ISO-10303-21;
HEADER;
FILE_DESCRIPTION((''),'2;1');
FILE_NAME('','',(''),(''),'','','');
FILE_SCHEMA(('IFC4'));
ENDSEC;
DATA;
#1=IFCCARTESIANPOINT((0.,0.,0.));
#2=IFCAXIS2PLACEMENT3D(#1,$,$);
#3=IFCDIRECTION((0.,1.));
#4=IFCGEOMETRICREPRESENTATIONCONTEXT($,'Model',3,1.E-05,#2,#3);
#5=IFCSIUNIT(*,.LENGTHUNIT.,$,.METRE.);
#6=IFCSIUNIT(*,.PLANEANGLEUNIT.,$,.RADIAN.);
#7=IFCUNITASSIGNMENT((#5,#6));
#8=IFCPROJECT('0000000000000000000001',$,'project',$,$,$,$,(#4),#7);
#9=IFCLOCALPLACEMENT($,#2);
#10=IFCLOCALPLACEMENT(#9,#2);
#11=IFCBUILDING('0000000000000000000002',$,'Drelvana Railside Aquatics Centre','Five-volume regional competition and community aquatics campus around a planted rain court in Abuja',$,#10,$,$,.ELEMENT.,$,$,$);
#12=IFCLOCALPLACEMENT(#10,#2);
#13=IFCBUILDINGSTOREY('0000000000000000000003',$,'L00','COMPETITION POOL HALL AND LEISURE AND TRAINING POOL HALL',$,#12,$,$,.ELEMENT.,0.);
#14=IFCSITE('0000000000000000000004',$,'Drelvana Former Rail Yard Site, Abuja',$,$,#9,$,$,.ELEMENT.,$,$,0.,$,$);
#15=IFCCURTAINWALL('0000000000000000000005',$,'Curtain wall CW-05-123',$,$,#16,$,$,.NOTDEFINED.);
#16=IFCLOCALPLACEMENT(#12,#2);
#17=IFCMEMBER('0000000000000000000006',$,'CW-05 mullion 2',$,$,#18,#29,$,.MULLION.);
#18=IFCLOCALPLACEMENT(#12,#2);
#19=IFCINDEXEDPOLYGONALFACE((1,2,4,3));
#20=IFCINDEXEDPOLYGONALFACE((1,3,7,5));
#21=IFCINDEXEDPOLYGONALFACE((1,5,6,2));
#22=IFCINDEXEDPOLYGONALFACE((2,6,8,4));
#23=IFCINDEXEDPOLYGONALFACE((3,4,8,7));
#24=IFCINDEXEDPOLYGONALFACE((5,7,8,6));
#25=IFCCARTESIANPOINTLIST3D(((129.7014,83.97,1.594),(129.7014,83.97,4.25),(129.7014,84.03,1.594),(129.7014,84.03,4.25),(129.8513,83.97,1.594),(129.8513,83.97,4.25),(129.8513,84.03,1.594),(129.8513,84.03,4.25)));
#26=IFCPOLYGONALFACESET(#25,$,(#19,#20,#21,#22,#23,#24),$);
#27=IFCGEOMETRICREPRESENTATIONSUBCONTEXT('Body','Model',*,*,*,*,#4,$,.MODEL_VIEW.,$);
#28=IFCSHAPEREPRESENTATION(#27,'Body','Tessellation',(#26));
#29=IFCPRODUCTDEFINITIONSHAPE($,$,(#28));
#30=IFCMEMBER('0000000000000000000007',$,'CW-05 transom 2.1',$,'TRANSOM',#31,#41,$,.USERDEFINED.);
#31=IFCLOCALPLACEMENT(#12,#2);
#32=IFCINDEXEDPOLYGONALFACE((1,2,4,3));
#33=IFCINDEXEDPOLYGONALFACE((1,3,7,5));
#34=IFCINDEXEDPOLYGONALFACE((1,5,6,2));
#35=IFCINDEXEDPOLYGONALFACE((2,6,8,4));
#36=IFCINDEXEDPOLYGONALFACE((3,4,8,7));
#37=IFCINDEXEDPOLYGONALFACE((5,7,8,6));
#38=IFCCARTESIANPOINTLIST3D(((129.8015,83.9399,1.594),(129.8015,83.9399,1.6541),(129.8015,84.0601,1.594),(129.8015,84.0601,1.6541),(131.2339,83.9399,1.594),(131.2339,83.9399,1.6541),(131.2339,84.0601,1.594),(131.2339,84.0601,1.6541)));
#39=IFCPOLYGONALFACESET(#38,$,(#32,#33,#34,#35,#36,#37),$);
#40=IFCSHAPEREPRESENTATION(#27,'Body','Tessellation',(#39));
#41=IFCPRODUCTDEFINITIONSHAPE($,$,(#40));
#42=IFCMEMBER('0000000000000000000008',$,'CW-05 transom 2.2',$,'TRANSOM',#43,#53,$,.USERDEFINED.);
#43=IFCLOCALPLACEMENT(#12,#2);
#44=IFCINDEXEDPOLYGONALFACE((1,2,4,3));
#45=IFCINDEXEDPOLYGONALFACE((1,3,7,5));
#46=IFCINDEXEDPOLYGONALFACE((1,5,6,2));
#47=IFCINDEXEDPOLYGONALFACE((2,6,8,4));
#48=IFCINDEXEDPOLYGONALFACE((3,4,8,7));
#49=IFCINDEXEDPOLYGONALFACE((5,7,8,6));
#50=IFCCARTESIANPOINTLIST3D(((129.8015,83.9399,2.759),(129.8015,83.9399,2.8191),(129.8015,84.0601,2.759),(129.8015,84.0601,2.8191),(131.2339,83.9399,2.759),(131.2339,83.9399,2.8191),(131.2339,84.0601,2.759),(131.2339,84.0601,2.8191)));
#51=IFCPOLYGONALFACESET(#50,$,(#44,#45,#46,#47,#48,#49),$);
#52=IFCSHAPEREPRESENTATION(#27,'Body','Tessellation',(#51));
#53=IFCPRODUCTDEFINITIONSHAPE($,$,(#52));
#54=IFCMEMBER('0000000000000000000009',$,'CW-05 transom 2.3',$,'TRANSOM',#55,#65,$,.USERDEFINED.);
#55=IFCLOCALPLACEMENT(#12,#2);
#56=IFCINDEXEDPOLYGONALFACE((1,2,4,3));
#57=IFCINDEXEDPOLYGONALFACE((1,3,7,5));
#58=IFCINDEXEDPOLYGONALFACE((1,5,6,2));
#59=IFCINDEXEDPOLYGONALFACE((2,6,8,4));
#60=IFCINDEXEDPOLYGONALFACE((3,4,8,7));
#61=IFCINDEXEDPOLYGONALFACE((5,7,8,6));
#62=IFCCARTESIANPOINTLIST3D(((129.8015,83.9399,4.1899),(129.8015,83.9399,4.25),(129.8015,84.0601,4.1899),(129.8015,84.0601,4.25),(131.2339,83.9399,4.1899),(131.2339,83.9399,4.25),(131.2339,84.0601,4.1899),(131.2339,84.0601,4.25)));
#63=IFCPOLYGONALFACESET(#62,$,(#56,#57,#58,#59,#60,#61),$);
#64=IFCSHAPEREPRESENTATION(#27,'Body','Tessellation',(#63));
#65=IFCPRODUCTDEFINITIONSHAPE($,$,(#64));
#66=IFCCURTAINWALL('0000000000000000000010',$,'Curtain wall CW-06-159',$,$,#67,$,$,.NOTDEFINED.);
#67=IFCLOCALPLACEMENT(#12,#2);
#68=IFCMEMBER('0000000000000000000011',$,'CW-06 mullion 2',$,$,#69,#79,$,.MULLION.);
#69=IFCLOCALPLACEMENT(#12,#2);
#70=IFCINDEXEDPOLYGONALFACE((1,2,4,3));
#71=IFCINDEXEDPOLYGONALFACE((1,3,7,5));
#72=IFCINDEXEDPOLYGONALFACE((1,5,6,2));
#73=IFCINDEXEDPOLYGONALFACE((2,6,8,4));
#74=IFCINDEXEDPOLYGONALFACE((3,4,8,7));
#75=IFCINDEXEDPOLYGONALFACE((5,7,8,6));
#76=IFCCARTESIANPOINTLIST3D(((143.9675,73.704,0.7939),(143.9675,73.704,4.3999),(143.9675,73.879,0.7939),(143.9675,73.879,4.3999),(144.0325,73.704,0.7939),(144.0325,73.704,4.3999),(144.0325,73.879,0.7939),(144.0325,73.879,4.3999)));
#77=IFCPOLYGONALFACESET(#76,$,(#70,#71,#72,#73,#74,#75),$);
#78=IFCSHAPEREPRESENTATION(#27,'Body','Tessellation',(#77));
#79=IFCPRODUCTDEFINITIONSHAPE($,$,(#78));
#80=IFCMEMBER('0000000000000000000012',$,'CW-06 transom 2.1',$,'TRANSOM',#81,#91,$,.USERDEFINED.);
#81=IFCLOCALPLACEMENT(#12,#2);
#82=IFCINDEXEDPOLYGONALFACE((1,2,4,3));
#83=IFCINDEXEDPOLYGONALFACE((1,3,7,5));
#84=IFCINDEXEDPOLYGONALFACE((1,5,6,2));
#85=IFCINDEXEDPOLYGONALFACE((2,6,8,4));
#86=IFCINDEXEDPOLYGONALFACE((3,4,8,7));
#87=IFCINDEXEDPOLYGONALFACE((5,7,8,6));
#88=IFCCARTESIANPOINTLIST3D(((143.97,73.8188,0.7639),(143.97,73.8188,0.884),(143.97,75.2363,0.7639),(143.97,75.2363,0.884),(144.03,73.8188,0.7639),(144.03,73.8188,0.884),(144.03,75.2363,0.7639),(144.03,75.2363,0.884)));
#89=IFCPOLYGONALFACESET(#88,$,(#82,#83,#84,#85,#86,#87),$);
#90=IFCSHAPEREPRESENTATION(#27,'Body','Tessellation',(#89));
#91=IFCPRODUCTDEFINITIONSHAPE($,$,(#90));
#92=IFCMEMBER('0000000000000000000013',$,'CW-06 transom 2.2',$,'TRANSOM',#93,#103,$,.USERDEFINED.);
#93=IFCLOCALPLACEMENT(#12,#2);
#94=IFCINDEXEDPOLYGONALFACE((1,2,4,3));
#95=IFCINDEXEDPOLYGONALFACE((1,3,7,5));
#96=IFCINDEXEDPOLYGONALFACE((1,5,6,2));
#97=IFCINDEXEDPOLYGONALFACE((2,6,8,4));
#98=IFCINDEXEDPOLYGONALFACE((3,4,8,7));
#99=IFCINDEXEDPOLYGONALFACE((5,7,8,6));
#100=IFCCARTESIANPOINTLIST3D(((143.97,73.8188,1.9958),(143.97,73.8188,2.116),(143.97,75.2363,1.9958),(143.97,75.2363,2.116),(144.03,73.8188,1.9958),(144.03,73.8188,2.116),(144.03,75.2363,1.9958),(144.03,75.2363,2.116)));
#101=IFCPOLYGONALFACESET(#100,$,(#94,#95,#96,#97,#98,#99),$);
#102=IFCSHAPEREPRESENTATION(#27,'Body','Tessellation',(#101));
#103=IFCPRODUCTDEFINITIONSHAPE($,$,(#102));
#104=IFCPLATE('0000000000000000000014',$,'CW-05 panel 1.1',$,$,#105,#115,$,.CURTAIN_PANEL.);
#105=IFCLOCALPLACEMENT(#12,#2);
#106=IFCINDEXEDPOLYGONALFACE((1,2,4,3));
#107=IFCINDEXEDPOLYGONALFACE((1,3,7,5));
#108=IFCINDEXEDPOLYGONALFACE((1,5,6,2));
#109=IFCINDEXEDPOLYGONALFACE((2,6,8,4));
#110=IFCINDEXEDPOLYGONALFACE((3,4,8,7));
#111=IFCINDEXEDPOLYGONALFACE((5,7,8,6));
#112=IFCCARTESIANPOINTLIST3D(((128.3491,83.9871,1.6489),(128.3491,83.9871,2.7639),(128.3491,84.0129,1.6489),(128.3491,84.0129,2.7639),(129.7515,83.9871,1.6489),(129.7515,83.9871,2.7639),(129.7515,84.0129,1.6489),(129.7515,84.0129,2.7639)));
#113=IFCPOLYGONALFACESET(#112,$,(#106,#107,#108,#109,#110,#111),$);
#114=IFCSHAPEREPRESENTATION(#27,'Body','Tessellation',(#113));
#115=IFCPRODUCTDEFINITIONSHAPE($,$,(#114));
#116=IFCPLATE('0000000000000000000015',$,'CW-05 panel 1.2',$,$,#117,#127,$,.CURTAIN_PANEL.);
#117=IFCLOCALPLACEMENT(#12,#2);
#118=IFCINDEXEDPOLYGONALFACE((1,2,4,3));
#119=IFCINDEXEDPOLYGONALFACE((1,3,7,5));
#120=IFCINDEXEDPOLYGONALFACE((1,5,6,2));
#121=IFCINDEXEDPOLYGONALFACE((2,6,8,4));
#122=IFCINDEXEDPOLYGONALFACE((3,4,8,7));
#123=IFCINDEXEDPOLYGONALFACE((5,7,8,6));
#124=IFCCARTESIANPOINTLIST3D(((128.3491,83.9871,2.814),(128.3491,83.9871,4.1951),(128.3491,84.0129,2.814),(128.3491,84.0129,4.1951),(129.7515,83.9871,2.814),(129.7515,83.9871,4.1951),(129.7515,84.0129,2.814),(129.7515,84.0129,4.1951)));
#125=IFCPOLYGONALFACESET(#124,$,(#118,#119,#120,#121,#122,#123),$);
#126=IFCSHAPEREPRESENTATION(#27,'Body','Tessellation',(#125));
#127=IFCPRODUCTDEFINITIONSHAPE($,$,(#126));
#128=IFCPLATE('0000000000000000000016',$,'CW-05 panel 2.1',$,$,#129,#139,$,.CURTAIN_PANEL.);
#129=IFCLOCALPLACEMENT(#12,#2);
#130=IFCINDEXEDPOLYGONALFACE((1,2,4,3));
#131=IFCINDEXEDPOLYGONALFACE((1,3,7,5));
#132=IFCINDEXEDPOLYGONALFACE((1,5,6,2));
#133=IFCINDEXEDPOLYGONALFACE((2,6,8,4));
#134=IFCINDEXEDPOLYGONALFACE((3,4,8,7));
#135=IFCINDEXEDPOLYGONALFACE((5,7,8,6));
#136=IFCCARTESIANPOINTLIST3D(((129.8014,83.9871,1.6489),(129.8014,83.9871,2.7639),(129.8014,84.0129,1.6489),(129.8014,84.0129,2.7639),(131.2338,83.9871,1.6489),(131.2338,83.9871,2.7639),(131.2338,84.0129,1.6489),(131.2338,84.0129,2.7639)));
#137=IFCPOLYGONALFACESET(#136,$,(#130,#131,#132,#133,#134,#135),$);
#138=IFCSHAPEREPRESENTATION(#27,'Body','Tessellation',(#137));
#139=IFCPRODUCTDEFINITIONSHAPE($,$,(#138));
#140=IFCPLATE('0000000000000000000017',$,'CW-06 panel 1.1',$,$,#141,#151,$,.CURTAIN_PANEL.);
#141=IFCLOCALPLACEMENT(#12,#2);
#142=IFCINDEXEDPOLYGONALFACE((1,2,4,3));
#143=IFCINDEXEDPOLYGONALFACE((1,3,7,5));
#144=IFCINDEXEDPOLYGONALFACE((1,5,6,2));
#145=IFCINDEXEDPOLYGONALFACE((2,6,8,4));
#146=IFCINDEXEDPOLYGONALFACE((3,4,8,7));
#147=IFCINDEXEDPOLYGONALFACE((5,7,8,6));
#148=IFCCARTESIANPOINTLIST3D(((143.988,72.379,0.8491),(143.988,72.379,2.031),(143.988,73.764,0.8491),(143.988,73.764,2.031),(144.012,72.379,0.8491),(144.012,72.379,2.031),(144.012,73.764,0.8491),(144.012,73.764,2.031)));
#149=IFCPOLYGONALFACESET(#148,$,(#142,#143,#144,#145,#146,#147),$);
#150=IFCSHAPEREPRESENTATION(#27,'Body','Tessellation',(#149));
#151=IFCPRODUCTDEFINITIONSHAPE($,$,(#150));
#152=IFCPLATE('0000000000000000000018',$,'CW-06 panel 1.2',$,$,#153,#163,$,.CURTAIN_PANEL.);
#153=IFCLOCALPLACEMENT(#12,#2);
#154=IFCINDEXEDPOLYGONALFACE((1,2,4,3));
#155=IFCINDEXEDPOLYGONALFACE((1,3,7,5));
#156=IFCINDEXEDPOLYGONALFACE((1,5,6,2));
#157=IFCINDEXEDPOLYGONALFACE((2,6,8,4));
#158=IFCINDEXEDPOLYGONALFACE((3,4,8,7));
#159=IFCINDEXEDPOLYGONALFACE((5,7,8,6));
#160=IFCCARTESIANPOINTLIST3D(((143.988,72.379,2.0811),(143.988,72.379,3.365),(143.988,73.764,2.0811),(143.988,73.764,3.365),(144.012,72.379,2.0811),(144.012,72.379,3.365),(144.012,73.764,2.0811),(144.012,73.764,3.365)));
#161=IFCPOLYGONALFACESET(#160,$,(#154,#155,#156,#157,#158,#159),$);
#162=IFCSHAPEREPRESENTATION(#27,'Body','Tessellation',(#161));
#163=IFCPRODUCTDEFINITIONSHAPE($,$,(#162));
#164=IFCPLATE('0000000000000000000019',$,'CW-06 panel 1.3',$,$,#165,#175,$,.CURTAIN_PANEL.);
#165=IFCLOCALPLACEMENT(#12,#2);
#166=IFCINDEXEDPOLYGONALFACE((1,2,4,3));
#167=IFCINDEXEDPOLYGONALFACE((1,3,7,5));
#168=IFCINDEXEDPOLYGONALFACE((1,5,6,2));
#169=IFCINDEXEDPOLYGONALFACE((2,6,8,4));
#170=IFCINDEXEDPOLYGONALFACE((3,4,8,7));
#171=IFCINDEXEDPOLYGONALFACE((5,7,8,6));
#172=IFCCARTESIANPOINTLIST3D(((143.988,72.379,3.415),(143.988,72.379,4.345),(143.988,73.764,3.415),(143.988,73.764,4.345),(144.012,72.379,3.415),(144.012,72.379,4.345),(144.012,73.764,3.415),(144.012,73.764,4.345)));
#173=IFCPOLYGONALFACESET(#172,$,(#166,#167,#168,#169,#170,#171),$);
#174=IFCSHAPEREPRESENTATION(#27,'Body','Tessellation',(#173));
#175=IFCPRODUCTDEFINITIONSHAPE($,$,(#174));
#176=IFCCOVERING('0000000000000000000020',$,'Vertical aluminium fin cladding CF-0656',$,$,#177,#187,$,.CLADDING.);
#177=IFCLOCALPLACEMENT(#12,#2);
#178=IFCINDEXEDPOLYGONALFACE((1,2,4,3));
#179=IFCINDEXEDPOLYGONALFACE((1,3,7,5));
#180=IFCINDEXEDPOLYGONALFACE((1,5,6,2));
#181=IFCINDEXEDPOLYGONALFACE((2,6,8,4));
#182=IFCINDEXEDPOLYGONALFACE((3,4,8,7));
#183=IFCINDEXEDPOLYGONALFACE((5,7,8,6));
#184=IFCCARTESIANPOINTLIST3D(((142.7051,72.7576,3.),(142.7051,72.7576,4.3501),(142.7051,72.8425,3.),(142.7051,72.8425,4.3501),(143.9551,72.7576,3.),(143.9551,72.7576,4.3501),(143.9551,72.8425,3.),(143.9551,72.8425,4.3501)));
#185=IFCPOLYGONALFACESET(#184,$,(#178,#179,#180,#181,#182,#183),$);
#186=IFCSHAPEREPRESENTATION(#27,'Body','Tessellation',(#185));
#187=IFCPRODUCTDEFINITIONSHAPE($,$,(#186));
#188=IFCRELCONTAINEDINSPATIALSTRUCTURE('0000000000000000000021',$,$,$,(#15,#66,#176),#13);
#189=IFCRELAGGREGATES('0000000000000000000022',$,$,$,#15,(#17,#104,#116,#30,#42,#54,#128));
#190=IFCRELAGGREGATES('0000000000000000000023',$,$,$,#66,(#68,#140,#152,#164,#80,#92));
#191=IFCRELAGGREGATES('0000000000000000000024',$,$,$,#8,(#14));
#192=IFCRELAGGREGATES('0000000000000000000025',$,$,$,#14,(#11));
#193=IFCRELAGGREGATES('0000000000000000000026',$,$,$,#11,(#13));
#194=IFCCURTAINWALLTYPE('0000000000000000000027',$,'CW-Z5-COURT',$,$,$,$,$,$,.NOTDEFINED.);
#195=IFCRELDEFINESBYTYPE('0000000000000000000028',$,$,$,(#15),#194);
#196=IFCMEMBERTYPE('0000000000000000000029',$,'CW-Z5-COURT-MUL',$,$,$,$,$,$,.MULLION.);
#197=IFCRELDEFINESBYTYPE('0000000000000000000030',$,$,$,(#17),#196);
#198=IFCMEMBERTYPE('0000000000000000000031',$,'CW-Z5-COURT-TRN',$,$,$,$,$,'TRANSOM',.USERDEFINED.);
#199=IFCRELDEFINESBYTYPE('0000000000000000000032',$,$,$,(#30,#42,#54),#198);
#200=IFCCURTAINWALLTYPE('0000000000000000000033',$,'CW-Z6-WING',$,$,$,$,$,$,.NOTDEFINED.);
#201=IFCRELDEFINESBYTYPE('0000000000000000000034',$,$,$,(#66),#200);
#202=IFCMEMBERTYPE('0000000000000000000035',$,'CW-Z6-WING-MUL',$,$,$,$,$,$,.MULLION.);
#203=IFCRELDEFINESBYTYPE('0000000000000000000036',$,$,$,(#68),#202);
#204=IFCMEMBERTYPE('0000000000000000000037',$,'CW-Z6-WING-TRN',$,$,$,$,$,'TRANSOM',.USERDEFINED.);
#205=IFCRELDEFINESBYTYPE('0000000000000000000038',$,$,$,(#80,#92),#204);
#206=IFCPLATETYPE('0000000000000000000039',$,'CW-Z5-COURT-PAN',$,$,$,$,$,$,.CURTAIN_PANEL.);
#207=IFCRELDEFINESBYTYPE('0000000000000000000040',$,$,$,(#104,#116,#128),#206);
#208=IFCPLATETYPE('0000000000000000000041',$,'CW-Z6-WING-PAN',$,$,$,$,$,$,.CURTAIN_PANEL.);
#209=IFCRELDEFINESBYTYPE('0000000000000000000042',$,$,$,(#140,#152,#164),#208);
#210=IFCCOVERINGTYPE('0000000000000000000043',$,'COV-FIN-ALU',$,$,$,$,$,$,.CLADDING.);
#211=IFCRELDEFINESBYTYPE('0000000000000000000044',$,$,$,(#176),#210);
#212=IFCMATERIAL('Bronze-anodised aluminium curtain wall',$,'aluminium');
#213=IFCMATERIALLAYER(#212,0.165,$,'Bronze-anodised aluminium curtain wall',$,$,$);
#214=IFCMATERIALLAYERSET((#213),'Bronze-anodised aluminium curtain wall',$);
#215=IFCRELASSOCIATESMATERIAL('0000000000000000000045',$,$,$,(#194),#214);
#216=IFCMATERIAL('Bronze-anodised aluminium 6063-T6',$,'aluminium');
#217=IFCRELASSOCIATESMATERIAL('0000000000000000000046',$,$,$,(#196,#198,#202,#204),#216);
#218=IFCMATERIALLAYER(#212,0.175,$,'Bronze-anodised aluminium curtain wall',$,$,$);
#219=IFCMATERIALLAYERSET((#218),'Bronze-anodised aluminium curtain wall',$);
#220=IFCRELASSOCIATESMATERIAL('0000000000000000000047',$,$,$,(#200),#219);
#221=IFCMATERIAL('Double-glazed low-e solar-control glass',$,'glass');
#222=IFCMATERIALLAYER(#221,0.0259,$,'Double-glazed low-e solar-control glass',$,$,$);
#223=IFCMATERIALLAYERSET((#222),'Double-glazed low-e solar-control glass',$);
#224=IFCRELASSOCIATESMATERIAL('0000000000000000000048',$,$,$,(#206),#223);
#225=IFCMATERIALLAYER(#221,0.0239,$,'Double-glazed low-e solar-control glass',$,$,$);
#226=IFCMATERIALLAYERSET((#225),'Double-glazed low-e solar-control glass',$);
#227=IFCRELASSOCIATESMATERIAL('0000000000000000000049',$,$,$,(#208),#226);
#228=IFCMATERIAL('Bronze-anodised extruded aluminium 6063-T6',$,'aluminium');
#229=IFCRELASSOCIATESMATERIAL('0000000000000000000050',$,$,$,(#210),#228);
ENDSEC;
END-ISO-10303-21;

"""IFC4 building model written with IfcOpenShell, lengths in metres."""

from ifc_helpers import new_model, si_unit, direction, frame, origin, origin_2d, place, context, subcontext, project, spatial, rectangle, extrude, material, layer, layer_set, material_profile, profile_set, type_object, element, aggregate, save


model = new_model("IFC4")

# Units and contexts
model_context = context("Model", 3, precision=1e-05, world=origin(), true_north=direction((0.0, 1.0)))
body_context = subcontext(model_context, "Body", "Model", "MODEL_VIEW")
ifc_project = project(units=[si_unit("LENGTHUNIT", "METRE"), si_unit("PLANEANGLEUNIT", "RADIAN")], contexts=[model_context])

# Site, building, storey
site_placement = place(None, origin())
site = spatial("IfcSite", under=ifc_project, at=site_placement, Name="Drelvana Former Rail Yard Site, Abuja", CompositionType="ELEMENT", RefElevation=0.0)
building_placement = place(site_placement, origin())
building = spatial("IfcBuilding", under=site, at=building_placement, Name="Drelvana Railside Aquatics Centre", Description="Five-volume regional competition and community aquatics campus around a planted rain court in Abuja", CompositionType="ELEMENT")
storey_placement = place(building_placement, origin())
storey = spatial("IfcBuildingStorey", under=building, at=storey_placement, Name="L00", Description="COMPETITION POOL HALL AND LEISURE AND TRAINING POOL HALL", CompositionType="ELEMENT", Elevation=0.0)

# Curtain walls, members
ifc_material_1 = material(Name="Bronze-anodised aluminium curtain wall", Category="aluminium")
ifc_layer_1 = layer(ifc_material_1, 0.165, Name="Bronze-anodised aluminium curtain wall")
ifc_layer_set_1 = layer_set([ifc_layer_1], Name="Bronze-anodised aluminium curtain wall")
curtain_wall_type_1 = type_object("IfcCurtainWallType", Name="CW-Z5-COURT", PredefinedType="NOTDEFINED", material=ifc_layer_set_1)
curtain_wall_1_placement = place(storey_placement, origin())
curtain_wall_1 = element("IfcCurtainWall", 1, at=curtain_wall_1_placement, inside=storey, type_object=curtain_wall_type_1, Name="Curtain wall CW-05-123", PredefinedType="NOTDEFINED")
ifc_material_2 = material(Name="Bronze-anodised aluminium 6063-T6", Category="aluminium")
ifc_material_profile_1 = material_profile(ifc_material_2, rectangle(XDim=0.0601, YDim=0.1499, at=origin_2d()), Name="ALU-M 60x150")
ifc_profile_set_1 = profile_set([ifc_material_profile_1], Name="Bronze-anodised aluminium 6063-T6")
member_type_1 = type_object("IfcMemberType", Name="CW-Z5-COURT-MUL", PredefinedType="MULLION", material=ifc_profile_set_1)
member_1_placement = place(storey_placement, frame((129.7764, 84.0, 1.594), z_axis=(0.0, 0.0, 1.0), x_axis=(0.0, 1.0, 0.0)))
member_1 = element("IfcMember", 2, at=member_1_placement, type_object=member_type_1, Name="CW-05 mullion 2", PredefinedType="MULLION", context=body_context, shape_type="SweptSolid", body=[
    extrude(rectangle(XDim=0.0601, YDim=0.1499, at=origin_2d()), origin(), (0.0, 0.0, 1.0), 2.656),
])
ifc_material_profile_2 = material_profile(ifc_material_2, rectangle(XDim=0.1201, YDim=0.0601, at=origin_2d()), Name="ALU-T 60x120")
ifc_profile_set_2 = profile_set([ifc_material_profile_2], Name="Bronze-anodised aluminium 6063-T6")
member_type_2 = type_object("IfcMemberType", Name="CW-Z5-COURT-TRN", ElementType="TRANSOM", PredefinedType="USERDEFINED", material=ifc_profile_set_2)
member_2_placement = place(storey_placement, frame((129.8015, 84.0, 1.624), z_axis=(1.0, 0.0, 0.0), x_axis=(0.0, 1.0, 0.0)))
member_2 = element("IfcMember", 3, at=member_2_placement, type_object=member_type_2, Name="CW-05 transom 2.1", ObjectType="TRANSOM", PredefinedType="USERDEFINED", context=body_context, shape_type="SweptSolid", body=[
    extrude(rectangle(XDim=0.1201, YDim=0.0601, at=origin_2d()), origin(), (0.0, 0.0, 1.0), 1.4324),
])
member_3_placement = place(storey_placement, frame((129.8015, 84.0, 2.7891), z_axis=(1.0, 0.0, 0.0), x_axis=(0.0, 1.0, 0.0)))
member_3 = element("IfcMember", 4, at=member_3_placement, type_object=member_type_2, Name="CW-05 transom 2.2", ObjectType="TRANSOM", PredefinedType="USERDEFINED", context=body_context, shape_type="SweptSolid", body=[
    extrude(rectangle(XDim=0.1201, YDim=0.0601, at=origin_2d()), origin(), (0.0, 0.0, 1.0), 1.4324),
])
member_4_placement = place(storey_placement, frame((129.8015, 84.0, 4.22), z_axis=(1.0, 0.0, 0.0), x_axis=(0.0, 1.0, 0.0)))
member_4 = element("IfcMember", 5, at=member_4_placement, type_object=member_type_2, Name="CW-05 transom 2.3", ObjectType="TRANSOM", PredefinedType="USERDEFINED", context=body_context, shape_type="SweptSolid", body=[
    extrude(rectangle(XDim=0.1201, YDim=0.0601, at=origin_2d()), origin(), (0.0, 0.0, 1.0), 1.4324),
])
ifc_layer_2 = layer(ifc_material_1, 0.175, Name="Bronze-anodised aluminium curtain wall")
ifc_layer_set_2 = layer_set([ifc_layer_2], Name="Bronze-anodised aluminium curtain wall")
curtain_wall_type_2 = type_object("IfcCurtainWallType", Name="CW-Z6-WING", PredefinedType="NOTDEFINED", material=ifc_layer_set_2)
curtain_wall_2_placement = place(storey_placement, origin())
curtain_wall_2 = element("IfcCurtainWall", 6, at=curtain_wall_2_placement, inside=storey, type_object=curtain_wall_type_2, Name="Curtain wall CW-06-159", PredefinedType="NOTDEFINED")
ifc_material_profile_3 = material_profile(ifc_material_2, rectangle(XDim=0.0649, YDim=0.175, at=origin_2d()), Name="ALU-M 65x175")
ifc_profile_set_3 = profile_set([ifc_material_profile_3], Name="Bronze-anodised aluminium 6063-T6")
member_type_3 = type_object("IfcMemberType", Name="CW-Z6-WING-MUL", PredefinedType="MULLION", material=ifc_profile_set_3)
member_5_placement = place(storey_placement, frame((144.0, 73.7915, 0.7939), z_axis=(0.0, 0.0, 1.0), x_axis=(-1.0, 0.0, 0.0)))
member_5 = element("IfcMember", 7, at=member_5_placement, type_object=member_type_3, Name="CW-06 mullion 2", PredefinedType="MULLION", context=body_context, shape_type="SweptSolid", body=[
    extrude(rectangle(XDim=0.0649, YDim=0.175, at=origin_2d()), origin(), (0.0, 0.0, 1.0), 3.606),
])
ifc_material_profile_4 = material_profile(ifc_material_2, rectangle(XDim=0.1201, YDim=0.0601, at=origin_2d()), Name="ALU-T 60x120")
ifc_profile_set_4 = profile_set([ifc_material_profile_4], Name="Bronze-anodised aluminium 6063-T6")
member_type_4 = type_object("IfcMemberType", Name="CW-Z6-WING-TRN", ElementType="TRANSOM", PredefinedType="USERDEFINED", material=ifc_profile_set_4)
member_6_placement = place(storey_placement, frame((144.0, 73.8188, 0.824), z_axis=(0.0, 1.0, 0.0), x_axis=(0.0, 0.0, 1.0)))
member_6 = element("IfcMember", 8, at=member_6_placement, type_object=member_type_4, Name="CW-06 transom 2.1", ObjectType="TRANSOM", PredefinedType="USERDEFINED", context=body_context, shape_type="SweptSolid", body=[
    extrude(rectangle(XDim=0.1201, YDim=0.0601, at=origin_2d()), origin(), (0.0, 0.0, 1.0), 1.4175),
])
member_7_placement = place(storey_placement, frame((144.0, 73.8188, 2.0559), z_axis=(0.0, 1.0, 0.0), x_axis=(0.0, 0.0, 1.0)))
member_7 = element("IfcMember", 9, at=member_7_placement, type_object=member_type_4, Name="CW-06 transom 2.2", ObjectType="TRANSOM", PredefinedType="USERDEFINED", context=body_context, shape_type="SweptSolid", body=[
    extrude(rectangle(XDim=0.1201, YDim=0.0601, at=origin_2d()), origin(), (0.0, 0.0, 1.0), 1.4175),
])

# Plates
ifc_material_3 = material(Name="Double-glazed low-e solar-control glass", Category="glass")
ifc_layer_3 = layer(ifc_material_3, 0.0259, Name="Double-glazed low-e solar-control glass")
ifc_layer_set_3 = layer_set([ifc_layer_3], Name="Double-glazed low-e solar-control glass")
plate_type_1 = type_object("IfcPlateType", Name="CW-Z5-COURT-PAN", PredefinedType="CURTAIN_PANEL", material=ifc_layer_set_3)
plate_1_placement = place(storey_placement, frame((129.0503, 84.0, 1.6489), z_axis=(0.0, 0.0, 1.0), x_axis=(1.0, 0.0, 0.0)))
plate_1 = element("IfcPlate", 10, at=plate_1_placement, type_object=plate_type_1, Name="CW-05 panel 1.1", PredefinedType="CURTAIN_PANEL", context=body_context, shape_type="SweptSolid", body=[
    extrude(rectangle(XDim=1.4023, YDim=0.0259, at=origin_2d()), origin(), (0.0, 0.0, 1.0), 1.115),
])
plate_2_placement = place(storey_placement, frame((129.0503, 84.0, 2.814), z_axis=(0.0, 0.0, 1.0), x_axis=(1.0, 0.0, 0.0)))
plate_2 = element("IfcPlate", 11, at=plate_2_placement, type_object=plate_type_1, Name="CW-05 panel 1.2", PredefinedType="CURTAIN_PANEL", context=body_context, shape_type="SweptSolid", body=[
    extrude(rectangle(XDim=1.4023, YDim=0.0259, at=origin_2d()), origin(), (0.0, 0.0, 1.0), 1.3811),
])
plate_3_placement = place(storey_placement, frame((130.5176, 84.0, 1.6489), z_axis=(0.0, 0.0, 1.0), x_axis=(1.0, 0.0, 0.0)))
plate_3 = element("IfcPlate", 12, at=plate_3_placement, type_object=plate_type_1, Name="CW-05 panel 2.1", PredefinedType="CURTAIN_PANEL", context=body_context, shape_type="SweptSolid", body=[
    extrude(rectangle(XDim=1.4324, YDim=0.0259, at=origin_2d()), origin(), (0.0, 0.0, 1.0), 1.115),
])
aggregate(curtain_wall_1, [member_1, plate_1, plate_2, member_2, member_3, member_4, plate_3])
ifc_layer_4 = layer(ifc_material_3, 0.0239, Name="Double-glazed low-e solar-control glass")
ifc_layer_set_4 = layer_set([ifc_layer_4], Name="Double-glazed low-e solar-control glass")
plate_type_2 = type_object("IfcPlateType", Name="CW-Z6-WING-PAN", PredefinedType="CURTAIN_PANEL", material=ifc_layer_set_4)
plate_4_placement = place(storey_placement, frame((144.0, 73.0715, 0.8491), z_axis=(0.0, 0.0, 1.0), x_axis=(0.0, 1.0, 0.0)))
plate_4 = element("IfcPlate", 13, at=plate_4_placement, type_object=plate_type_2, Name="CW-06 panel 1.1", PredefinedType="CURTAIN_PANEL", context=body_context, shape_type="SweptSolid", body=[
    extrude(rectangle(XDim=1.385, YDim=0.0239, at=origin_2d()), origin(), (0.0, 0.0, 1.0), 1.1819),
])
plate_5_placement = place(storey_placement, frame((144.0, 73.0715, 2.0811), z_axis=(0.0, 0.0, 1.0), x_axis=(0.0, 1.0, 0.0)))
plate_5 = element("IfcPlate", 14, at=plate_5_placement, type_object=plate_type_2, Name="CW-06 panel 1.2", PredefinedType="CURTAIN_PANEL", context=body_context, shape_type="SweptSolid", body=[
    extrude(rectangle(XDim=1.385, YDim=0.0239, at=origin_2d()), origin(), (0.0, 0.0, 1.0), 1.2839),
])
plate_6_placement = place(storey_placement, frame((144.0, 73.0715, 3.415), z_axis=(0.0, 0.0, 1.0), x_axis=(0.0, 1.0, 0.0)))
plate_6 = element("IfcPlate", 15, at=plate_6_placement, type_object=plate_type_2, Name="CW-06 panel 1.3", PredefinedType="CURTAIN_PANEL", context=body_context, shape_type="SweptSolid", body=[
    extrude(rectangle(XDim=1.385, YDim=0.0239, at=origin_2d()), origin(), (0.0, 0.0, 1.0), 0.9299),
])
aggregate(curtain_wall_2, [member_5, plate_4, plate_5, plate_6, member_6, member_7])

# Covering
ifc_material_4 = material(Name="Bronze-anodised extruded aluminium 6063-T6", Category="aluminium")
covering_type = type_object("IfcCoveringType", Name="COV-FIN-ALU", PredefinedType="CLADDING", material=ifc_material_4)
for number, where, z_axis, x_axis, name in (
    (16, (143.3301, 72.8, 3.0), (0.0, 0.0, 1.0), (0.0, 1.0, 0.0), "Vertical aluminium fin cladding CF-0656"),
):
    element("IfcCovering", number, at=place(storey_placement, frame(where, z_axis=z_axis, x_axis=x_axis)), inside=storey, type_object=covering_type, Name=name, PredefinedType="CLADDING", context=body_context, shape_type="SweptSolid", body=[
        extrude(rectangle(XDim=0.085, YDim=1.25, at=origin_2d()), origin(), (0.0, 0.0, 1.0), 1.3501),
    ])

save(model, "model.ifc")
